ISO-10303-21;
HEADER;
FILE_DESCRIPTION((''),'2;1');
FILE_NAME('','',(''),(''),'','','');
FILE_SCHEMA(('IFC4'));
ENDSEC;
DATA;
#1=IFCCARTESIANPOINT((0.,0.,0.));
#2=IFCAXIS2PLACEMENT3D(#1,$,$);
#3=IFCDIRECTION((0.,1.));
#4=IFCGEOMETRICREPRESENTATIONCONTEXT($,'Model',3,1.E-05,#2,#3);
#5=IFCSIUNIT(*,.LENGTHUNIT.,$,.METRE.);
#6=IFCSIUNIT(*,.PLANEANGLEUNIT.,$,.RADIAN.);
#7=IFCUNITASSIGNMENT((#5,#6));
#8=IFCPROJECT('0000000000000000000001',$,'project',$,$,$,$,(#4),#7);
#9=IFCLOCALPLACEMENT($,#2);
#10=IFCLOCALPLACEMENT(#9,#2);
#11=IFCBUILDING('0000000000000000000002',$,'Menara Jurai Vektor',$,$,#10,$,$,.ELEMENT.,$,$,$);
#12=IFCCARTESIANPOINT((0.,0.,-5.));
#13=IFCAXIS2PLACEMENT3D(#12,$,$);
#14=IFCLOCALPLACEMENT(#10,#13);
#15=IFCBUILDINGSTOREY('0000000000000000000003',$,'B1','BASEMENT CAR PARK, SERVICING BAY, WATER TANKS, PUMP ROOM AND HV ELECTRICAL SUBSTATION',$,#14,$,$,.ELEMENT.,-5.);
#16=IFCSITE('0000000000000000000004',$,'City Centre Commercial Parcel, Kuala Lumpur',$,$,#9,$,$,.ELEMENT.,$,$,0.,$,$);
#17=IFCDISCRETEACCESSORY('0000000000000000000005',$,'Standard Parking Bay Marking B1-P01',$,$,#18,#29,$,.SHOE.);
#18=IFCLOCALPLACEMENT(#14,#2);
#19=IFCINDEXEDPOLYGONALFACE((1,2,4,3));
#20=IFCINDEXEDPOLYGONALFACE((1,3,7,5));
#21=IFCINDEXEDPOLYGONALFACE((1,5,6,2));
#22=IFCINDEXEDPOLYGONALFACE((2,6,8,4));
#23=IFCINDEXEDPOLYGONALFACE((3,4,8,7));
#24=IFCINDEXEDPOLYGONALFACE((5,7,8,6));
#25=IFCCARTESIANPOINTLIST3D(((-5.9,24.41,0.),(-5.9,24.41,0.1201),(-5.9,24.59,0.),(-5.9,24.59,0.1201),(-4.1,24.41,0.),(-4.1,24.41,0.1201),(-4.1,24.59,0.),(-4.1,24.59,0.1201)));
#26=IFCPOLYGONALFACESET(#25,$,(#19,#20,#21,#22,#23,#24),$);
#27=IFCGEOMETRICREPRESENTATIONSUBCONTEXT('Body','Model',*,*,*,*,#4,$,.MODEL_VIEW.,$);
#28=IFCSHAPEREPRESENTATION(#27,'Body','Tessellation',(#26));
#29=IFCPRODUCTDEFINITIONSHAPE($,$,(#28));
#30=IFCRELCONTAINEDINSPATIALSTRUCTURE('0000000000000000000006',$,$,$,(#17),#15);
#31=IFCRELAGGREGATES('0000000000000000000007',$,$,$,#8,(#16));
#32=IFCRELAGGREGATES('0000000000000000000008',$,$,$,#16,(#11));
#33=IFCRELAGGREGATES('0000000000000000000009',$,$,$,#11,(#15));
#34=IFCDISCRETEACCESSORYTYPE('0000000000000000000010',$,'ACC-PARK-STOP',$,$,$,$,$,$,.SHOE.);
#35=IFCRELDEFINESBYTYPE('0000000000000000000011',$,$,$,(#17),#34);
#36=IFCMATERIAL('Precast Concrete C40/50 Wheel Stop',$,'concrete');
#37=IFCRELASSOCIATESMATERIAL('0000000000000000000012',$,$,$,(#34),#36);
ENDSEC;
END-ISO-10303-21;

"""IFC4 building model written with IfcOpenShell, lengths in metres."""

from ifc_helpers import new_model, si_unit, direction, frame, origin, origin_2d, place, context, subcontext, project, spatial, rectangle, extrude, material, type_object, element, save


model = new_model("IFC4")

# Units and contexts
model_context = context("Model", 3, precision=1e-05, world=origin(), true_north=direction((0.0, 1.0)))
body_context = subcontext(model_context, "Body", "Model", "MODEL_VIEW")
ifc_project = project(units=[si_unit("LENGTHUNIT", "METRE"), si_unit("PLANEANGLEUNIT", "RADIAN")], contexts=[model_context])

# Site, building, storey
site_placement = place(None, origin())
site = spatial("IfcSite", under=ifc_project, at=site_placement, Name="City Centre Commercial Parcel, Kuala Lumpur", CompositionType="ELEMENT", RefElevation=0.0)
building_placement = place(site_placement, origin())
building = spatial("IfcBuilding", under=site, at=building_placement, Name="Menara Jurai Vektor", CompositionType="ELEMENT")
storey_placement = place(building_placement, frame((0.0, 0.0, -5.0)))
storey = spatial("IfcBuildingStorey", under=building, at=storey_placement, Name="B1", Description="BASEMENT CAR PARK, SERVICING BAY, WATER TANKS, PUMP ROOM AND HV ELECTRICAL SUBSTATION", CompositionType="ELEMENT", Elevation=-5.0)

# Discrete accessory
ifc_material_1 = material(Name="Precast Concrete C40/50 Wheel Stop", Category="concrete")
discrete_accessory_type = type_object("IfcDiscreteAccessoryType", Name="ACC-PARK-STOP", PredefinedType="SHOE", material=ifc_material_1)
for number, where, z_axis, x_axis, name in (
    (1, (-5.0, 24.5, 0.0), (0.0, 0.0, 1.0), (1.0, 0.0, 0.0), "Standard Parking Bay Marking B1-P01"),
):
    element("IfcDiscreteAccessory", number, at=place(storey_placement, frame(where, z_axis=z_axis, x_axis=x_axis)), inside=storey, type_object=discrete_accessory_type, Name=name, PredefinedType="SHOE", context=body_context, shape_type="SweptSolid", body=[
        extrude(rectangle(XDim=1.8, YDim=0.1799, at=origin_2d()), origin(), (0.0, 0.0, 1.0), 0.1201),
    ])

save(model, "model.ifc")
